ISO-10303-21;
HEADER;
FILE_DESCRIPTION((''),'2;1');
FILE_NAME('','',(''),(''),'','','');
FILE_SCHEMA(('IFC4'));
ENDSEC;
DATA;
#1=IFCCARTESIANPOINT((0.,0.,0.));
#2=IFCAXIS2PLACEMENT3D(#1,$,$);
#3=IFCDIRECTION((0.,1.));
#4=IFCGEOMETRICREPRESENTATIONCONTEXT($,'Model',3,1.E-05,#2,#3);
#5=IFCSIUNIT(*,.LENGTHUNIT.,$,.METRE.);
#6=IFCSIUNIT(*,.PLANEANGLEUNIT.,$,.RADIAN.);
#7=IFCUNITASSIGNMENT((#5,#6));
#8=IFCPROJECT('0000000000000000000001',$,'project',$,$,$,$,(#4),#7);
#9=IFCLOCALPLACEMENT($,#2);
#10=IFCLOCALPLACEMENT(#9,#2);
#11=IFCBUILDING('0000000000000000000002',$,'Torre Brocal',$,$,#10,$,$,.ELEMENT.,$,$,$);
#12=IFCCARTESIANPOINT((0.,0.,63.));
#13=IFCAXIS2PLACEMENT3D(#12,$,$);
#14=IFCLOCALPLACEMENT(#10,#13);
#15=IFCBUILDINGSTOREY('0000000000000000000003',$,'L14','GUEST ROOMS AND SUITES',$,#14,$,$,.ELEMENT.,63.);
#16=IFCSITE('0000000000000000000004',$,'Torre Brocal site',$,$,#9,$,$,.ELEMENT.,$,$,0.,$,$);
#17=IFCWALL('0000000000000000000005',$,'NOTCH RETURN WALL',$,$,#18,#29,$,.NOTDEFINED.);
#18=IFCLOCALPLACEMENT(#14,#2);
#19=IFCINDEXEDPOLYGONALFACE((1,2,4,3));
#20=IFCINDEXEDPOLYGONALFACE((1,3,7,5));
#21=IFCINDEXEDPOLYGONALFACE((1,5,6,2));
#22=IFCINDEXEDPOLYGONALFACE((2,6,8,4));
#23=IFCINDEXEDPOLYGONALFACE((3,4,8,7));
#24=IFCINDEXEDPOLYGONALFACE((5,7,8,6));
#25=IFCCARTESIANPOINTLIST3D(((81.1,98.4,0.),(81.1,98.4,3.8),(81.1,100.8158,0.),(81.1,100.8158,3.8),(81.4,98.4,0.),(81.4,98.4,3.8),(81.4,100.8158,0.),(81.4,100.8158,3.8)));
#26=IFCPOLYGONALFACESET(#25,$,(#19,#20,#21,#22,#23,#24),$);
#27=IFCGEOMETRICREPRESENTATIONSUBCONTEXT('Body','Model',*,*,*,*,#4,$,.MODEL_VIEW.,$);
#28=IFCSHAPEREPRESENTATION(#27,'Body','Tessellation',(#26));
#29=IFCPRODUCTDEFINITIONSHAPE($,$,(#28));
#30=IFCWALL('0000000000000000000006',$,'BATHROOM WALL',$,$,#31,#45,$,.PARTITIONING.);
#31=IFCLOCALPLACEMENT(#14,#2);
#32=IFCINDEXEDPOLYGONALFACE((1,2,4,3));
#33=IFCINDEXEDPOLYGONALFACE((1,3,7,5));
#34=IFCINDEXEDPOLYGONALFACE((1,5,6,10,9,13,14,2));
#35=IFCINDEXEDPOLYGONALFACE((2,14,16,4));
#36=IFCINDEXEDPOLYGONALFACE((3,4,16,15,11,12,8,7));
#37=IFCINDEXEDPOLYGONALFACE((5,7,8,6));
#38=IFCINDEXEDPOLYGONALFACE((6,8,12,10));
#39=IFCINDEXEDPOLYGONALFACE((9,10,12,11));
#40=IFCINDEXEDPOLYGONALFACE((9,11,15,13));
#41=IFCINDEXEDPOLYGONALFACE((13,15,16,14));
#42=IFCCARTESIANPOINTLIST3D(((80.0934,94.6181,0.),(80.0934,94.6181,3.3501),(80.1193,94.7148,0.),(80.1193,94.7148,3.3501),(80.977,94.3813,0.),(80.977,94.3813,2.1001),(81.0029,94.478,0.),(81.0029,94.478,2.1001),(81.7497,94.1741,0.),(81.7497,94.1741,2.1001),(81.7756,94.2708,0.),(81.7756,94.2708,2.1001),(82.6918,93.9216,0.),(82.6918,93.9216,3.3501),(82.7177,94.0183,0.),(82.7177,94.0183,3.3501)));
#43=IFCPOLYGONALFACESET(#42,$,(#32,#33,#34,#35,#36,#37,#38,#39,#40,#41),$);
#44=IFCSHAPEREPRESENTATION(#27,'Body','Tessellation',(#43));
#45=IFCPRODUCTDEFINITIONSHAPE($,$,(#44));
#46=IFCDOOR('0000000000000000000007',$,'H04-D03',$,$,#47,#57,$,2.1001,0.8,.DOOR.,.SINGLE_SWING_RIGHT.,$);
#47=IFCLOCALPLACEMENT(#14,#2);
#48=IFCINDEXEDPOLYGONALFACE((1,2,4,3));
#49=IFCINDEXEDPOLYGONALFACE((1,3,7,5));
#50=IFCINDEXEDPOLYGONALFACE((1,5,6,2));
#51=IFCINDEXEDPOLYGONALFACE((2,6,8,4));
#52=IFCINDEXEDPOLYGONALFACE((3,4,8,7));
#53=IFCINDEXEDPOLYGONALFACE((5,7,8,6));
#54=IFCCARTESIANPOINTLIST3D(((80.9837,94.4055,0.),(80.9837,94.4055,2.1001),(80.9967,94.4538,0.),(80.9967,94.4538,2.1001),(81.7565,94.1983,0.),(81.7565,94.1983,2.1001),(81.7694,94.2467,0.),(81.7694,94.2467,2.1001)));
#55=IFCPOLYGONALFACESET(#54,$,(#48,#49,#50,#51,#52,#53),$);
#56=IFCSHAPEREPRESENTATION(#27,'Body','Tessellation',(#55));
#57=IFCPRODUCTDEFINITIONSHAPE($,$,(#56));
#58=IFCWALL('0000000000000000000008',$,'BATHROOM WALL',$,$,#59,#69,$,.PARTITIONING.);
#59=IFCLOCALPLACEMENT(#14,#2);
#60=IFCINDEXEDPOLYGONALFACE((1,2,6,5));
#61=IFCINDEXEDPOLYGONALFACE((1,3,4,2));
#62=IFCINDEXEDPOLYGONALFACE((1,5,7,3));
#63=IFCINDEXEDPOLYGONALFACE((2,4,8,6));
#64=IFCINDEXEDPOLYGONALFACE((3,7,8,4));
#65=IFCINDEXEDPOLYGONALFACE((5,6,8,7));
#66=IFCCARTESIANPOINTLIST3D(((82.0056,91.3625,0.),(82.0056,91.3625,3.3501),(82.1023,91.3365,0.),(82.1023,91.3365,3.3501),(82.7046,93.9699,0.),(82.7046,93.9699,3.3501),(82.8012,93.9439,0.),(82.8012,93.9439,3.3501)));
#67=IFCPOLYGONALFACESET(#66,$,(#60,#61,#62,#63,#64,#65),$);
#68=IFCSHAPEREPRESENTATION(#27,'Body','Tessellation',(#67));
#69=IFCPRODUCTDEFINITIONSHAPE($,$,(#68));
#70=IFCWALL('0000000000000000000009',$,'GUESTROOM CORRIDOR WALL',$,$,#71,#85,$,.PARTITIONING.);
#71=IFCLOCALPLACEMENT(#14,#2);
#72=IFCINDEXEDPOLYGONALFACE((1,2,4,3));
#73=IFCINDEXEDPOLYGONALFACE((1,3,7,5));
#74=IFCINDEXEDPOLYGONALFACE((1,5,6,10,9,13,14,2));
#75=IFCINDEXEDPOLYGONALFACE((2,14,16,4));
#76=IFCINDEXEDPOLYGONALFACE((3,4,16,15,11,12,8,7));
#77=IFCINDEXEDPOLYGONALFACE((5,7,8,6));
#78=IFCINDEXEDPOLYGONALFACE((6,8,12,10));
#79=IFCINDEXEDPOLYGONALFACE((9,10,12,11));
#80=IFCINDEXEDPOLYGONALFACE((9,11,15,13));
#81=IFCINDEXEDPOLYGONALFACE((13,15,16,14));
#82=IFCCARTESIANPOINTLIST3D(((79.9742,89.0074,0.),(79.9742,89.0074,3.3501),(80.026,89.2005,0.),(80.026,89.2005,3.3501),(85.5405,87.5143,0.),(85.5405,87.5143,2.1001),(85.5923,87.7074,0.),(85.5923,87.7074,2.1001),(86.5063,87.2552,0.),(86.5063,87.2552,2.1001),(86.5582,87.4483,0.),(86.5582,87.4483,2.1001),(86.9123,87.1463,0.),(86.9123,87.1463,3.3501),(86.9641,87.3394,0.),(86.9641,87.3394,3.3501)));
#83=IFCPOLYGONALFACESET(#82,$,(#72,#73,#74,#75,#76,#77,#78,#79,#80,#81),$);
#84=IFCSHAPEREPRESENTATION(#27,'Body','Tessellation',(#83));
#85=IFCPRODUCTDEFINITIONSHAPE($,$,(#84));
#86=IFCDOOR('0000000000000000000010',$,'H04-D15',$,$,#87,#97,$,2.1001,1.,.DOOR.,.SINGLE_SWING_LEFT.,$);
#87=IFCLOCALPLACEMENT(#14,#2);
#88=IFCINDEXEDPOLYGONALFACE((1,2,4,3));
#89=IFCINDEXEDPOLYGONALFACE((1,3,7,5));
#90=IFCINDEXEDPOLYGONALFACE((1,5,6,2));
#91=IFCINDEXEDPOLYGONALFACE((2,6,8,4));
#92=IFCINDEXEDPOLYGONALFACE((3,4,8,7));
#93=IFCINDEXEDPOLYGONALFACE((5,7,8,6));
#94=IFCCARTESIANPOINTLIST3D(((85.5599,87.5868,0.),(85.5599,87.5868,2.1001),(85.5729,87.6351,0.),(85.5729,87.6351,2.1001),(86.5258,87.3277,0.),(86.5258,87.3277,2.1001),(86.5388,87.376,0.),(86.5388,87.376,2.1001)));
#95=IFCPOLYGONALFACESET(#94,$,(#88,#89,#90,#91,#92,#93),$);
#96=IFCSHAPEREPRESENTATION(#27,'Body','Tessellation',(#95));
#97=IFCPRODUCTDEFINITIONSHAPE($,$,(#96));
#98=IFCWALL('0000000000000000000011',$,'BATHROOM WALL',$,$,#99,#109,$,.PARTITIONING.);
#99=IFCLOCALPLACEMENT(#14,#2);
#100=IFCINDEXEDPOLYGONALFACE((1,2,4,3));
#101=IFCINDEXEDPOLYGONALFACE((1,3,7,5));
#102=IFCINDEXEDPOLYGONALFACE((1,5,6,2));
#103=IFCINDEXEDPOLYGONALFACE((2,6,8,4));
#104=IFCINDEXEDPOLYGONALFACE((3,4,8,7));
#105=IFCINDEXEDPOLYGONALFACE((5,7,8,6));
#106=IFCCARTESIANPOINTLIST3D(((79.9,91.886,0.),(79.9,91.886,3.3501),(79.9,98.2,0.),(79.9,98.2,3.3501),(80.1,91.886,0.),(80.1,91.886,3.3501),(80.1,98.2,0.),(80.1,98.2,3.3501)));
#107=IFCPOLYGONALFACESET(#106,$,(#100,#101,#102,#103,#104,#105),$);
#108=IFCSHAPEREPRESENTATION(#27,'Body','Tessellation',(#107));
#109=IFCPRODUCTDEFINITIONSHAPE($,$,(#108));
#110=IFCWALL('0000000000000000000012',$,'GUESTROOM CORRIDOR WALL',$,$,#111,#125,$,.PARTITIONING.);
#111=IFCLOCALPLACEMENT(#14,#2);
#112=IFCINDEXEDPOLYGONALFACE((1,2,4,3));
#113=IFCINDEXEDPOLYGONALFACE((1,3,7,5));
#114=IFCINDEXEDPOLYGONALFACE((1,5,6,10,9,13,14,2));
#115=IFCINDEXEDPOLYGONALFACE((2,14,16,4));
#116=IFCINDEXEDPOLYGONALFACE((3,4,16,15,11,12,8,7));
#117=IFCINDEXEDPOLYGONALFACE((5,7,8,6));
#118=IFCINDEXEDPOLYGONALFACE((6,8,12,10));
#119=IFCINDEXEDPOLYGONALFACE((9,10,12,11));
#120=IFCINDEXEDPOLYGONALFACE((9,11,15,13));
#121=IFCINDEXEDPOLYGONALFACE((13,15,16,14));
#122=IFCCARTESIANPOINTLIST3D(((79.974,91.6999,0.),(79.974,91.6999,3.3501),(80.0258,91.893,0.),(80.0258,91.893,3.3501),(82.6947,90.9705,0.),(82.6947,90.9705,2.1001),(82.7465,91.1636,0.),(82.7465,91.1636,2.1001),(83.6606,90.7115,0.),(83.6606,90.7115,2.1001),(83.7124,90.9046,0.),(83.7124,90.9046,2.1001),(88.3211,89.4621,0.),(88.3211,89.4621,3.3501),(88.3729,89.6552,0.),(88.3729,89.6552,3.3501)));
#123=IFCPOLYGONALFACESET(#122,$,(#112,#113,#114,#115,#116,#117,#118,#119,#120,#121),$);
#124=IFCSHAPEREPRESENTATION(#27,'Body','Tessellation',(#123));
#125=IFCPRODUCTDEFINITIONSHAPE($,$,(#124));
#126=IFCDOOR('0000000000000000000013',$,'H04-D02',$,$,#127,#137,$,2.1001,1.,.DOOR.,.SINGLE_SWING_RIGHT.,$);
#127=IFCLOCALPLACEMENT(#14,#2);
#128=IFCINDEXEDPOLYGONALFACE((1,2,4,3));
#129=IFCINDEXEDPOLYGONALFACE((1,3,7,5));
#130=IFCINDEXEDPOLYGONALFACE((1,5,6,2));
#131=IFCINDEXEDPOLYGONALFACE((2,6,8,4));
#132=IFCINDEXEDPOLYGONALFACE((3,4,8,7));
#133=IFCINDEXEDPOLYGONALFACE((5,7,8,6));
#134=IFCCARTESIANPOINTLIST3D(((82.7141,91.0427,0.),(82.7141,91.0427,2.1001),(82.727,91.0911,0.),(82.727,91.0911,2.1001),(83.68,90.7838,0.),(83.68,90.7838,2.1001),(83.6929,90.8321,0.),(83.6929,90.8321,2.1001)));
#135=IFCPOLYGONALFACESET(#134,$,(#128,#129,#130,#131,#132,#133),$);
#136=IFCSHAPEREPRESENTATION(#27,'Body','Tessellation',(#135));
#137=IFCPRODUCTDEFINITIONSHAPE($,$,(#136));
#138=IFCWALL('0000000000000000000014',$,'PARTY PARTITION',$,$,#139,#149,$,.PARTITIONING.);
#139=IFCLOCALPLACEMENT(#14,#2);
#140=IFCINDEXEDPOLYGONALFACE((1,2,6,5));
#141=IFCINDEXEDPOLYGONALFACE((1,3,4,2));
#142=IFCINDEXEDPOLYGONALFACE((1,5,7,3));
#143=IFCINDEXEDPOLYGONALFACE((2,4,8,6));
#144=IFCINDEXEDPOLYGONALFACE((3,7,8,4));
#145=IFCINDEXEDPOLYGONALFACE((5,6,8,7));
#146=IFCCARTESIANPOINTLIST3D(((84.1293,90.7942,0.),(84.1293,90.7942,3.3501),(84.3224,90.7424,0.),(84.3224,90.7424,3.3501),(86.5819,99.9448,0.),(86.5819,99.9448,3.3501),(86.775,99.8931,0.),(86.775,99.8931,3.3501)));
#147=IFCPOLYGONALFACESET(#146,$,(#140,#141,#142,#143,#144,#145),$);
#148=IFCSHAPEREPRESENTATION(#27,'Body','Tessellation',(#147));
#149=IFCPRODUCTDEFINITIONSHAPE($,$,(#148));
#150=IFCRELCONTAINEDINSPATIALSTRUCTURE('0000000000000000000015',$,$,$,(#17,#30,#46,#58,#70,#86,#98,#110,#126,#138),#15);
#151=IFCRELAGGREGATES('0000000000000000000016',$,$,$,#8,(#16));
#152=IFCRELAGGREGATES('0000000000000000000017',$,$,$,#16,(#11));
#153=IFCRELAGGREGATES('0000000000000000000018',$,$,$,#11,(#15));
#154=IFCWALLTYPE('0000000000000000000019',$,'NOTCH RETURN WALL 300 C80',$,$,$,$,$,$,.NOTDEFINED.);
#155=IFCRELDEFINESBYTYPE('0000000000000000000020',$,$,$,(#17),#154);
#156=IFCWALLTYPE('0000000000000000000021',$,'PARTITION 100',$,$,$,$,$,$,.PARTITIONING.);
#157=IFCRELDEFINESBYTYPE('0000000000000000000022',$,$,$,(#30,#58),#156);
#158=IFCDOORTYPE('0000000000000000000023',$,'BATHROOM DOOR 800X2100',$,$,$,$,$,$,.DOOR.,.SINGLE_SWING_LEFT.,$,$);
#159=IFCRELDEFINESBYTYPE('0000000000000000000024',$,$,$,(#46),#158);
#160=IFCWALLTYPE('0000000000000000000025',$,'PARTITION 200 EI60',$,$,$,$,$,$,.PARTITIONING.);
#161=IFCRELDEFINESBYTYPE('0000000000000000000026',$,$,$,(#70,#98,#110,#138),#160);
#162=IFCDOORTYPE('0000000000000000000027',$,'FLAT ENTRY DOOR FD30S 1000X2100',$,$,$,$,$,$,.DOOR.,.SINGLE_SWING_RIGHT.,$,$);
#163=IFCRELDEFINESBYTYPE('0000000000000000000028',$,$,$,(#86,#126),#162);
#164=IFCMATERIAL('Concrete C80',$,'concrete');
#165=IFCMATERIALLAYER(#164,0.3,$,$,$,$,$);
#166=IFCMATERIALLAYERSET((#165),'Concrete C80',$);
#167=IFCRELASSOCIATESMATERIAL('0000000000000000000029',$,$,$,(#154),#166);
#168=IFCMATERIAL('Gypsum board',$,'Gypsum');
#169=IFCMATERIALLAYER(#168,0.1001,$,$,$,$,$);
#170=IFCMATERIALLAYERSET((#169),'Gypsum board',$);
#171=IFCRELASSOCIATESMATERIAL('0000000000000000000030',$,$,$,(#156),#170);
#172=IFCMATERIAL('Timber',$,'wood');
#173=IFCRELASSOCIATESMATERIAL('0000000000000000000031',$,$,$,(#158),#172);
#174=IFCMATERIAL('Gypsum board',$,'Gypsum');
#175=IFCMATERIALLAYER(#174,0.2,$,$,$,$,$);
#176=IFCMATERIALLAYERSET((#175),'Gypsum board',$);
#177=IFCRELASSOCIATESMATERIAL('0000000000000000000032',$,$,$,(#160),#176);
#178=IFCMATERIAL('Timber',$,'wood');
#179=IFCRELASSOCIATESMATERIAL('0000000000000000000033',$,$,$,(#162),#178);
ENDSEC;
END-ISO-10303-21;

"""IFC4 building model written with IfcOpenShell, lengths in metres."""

from ifc_helpers import new_model, si_unit, direction, frame, frame_2d, origin, place, context, subcontext, project, spatial, rectangle, extrude, material, layer, layer_set, type_object, element, fill, save


model = new_model("IFC4")

# Units and contexts
model_context = context("Model", 3, precision=1e-05, world=origin(), true_north=direction((0.0, 1.0)))
body_context = subcontext(model_context, "Body", "Model", "MODEL_VIEW")
ifc_project = project(units=[si_unit("LENGTHUNIT", "METRE"), si_unit("PLANEANGLEUNIT", "RADIAN")], contexts=[model_context])

# Site, building, storey
site_placement = place(None, origin())
site = spatial("IfcSite", under=ifc_project, at=site_placement, Name="Torre Brocal site", CompositionType="ELEMENT", RefElevation=0.0)
building_placement = place(site_placement, origin())
building = spatial("IfcBuilding", under=site, at=building_placement, Name="Torre Brocal", CompositionType="ELEMENT")
storey_placement = place(building_placement, frame((0.0, 0.0, 63.0)))
storey = spatial("IfcBuildingStorey", under=building, at=storey_placement, Name="L14", Description="GUEST ROOMS AND SUITES", CompositionType="ELEMENT", Elevation=63.0)

# Wall
ifc_material_1 = material(Name="Concrete C80", Category="concrete")
ifc_layer_1 = layer(ifc_material_1, 0.3)
ifc_layer_set_1 = layer_set([ifc_layer_1], Name="Concrete C80")
wall_type_1 = type_object("IfcWallType", Name="NOTCH RETURN WALL 300 C80", PredefinedType="NOTDEFINED", material=ifc_layer_set_1)
wall_1_placement = place(storey_placement, frame((81.25, 98.3999, 0.0), z_axis=(0.0, 0.0, 1.0), x_axis=(0.0, 1.0, 0.0)))
element("IfcWall", 1, at=wall_1_placement, inside=storey, type_object=wall_type_1, Name="NOTCH RETURN WALL", PredefinedType="NOTDEFINED", context=body_context, shape_type="SweptSolid", body=[
    extrude(rectangle(XDim=2.4158, YDim=0.3, at=frame_2d((1.208, 0.0))), origin(), (0.0, 0.0, 1.0), 3.8),
])

# Wall, opening, door
ifc_material_2 = material(Name="Gypsum board", Category="Gypsum")
ifc_layer_2 = layer(ifc_material_2, 0.1001)
ifc_layer_set_2 = layer_set([ifc_layer_2], Name="Gypsum board")
wall_type_2 = type_object("IfcWallType", Name="PARTITION 100", PredefinedType="PARTITIONING", material=ifc_layer_set_2)
wall_2_placement = place(storey_placement, frame((80.1062, 94.6665, 0.0), z_axis=(0.0, 0.0, 1.0), x_axis=(0.965898, -0.258922, 0.0)))
wall_2 = element("IfcWall", 2, at=wall_2_placement, inside=storey, type_object=wall_type_2, Name="BATHROOM WALL", PredefinedType="PARTITIONING", context=body_context, shape_type="SweptSolid", body=[
    extrude(rectangle(XDim=2.6902, YDim=0.1001, at=frame_2d((1.3452, 0.0))), origin(), (0.0, 0.0, 1.0), 3.3501),
])
opening_1_placement = place(wall_2_placement, frame((0.915, 0.0, 0.0)))
opening_1 = element("IfcOpeningElement", 3, at=opening_1_placement, cuts=wall_2, PredefinedType="OPENING", context=body_context, shape_type="SweptSolid", body=[
    extrude(rectangle(XDim=0.8, YDim=2.1001, at=frame_2d((0.3999, 1.05))), frame((0.0, 0.0601, 0.0), z_axis=(0.0, -1.0, 0.0), x_axis=(1.0, 0.0, 0.0)), (0.0, 0.0, 1.0), 0.1201),
])
ifc_material_3 = material(Name="Timber", Category="wood")
door_type_1 = type_object("IfcDoorType", Name="BATHROOM DOOR 800X2100", OperationType="SINGLE_SWING_LEFT", PredefinedType="DOOR", material=ifc_material_3)
door_1_placement = place(opening_1_placement, frame((0.8, 0.0, 0.0), z_axis=(0.0, 0.0, 1.0), x_axis=(-1.0, 0.0, 0.0)))
door_1 = element("IfcDoor", 4, at=door_1_placement, inside=storey, type_object=door_type_1, Name="H04-D03", OperationType="SINGLE_SWING_RIGHT", OverallHeight=2.1001, OverallWidth=0.8, PredefinedType="DOOR", context=body_context, shape_type="SweptSolid", body=[
    extrude(rectangle(XDim=0.8, YDim=2.1001, at=frame_2d((0.3999, 1.05))), frame((0.0, 0.0249, 0.0), z_axis=(0.0, -1.0, 0.0), x_axis=(1.0, 0.0, 0.0)), (0.0, 0.0, 1.0), 0.05),
])
fill(opening_1, door_1)

# Wall
wall_3_placement = place(storey_placement, frame((82.054, 91.3496, 0.0), z_axis=(0.0, 0.0, 1.0), x_axis=(0.258929, 0.965896, 0.0)))
element("IfcWall", 5, at=wall_3_placement, inside=storey, type_object=wall_type_2, Name="BATHROOM WALL", PredefinedType="PARTITIONING", context=body_context, shape_type="SweptSolid", body=[
    extrude(rectangle(XDim=2.6995, YDim=0.1001, at=frame_2d((1.3496, 0.0))), origin(), (0.0, 0.0, 1.0), 3.3501),
])

# Wall, opening, door
ifc_material_4 = material(Name="Gypsum board", Category="Gypsum")
ifc_layer_3 = layer(ifc_material_4, 0.2)
ifc_layer_set_3 = layer_set([ifc_layer_3], Name="Gypsum board")
wall_type_3 = type_object("IfcWallType", Name="PARTITION 200 EI60", PredefinedType="PARTITIONING", material=ifc_layer_set_3)
wall_4_placement = place(storey_placement, frame((80.0, 89.104, 0.0), z_axis=(0.0, 0.0, 1.0), x_axis=(0.965854, -0.259086, 0.0)))
wall_4 = element("IfcWall", 6, at=wall_4_placement, inside=storey, type_object=wall_type_3, Name="GUESTROOM CORRIDOR WALL", PredefinedType="PARTITIONING", context=body_context, shape_type="SweptSolid", body=[
    extrude(rectangle(XDim=7.1833, YDim=0.2, at=frame_2d((3.5918, 0.0))), origin(), (0.0, 0.0, 1.0), 3.3501),
])
opening_2_placement = place(wall_4_placement, frame((5.7632, 0.0, 0.0)))
opening_2 = element("IfcOpeningElement", 7, at=opening_2_placement, cuts=wall_4, PredefinedType="OPENING", context=body_context, shape_type="SweptSolid", body=[
    extrude(rectangle(XDim=1.0, YDim=2.1001, at=frame_2d((0.5, 1.05))), frame((0.0, 0.1099, 0.0), z_axis=(0.0, -1.0, 0.0), x_axis=(1.0, 0.0, 0.0)), (0.0, 0.0, 1.0), 0.22),
])
ifc_material_5 = material(Name="Timber", Category="wood")
door_type_2 = type_object("IfcDoorType", Name="FLAT ENTRY DOOR FD30S 1000X2100", OperationType="SINGLE_SWING_RIGHT", PredefinedType="DOOR", material=ifc_material_5)
door_2_placement = place(opening_2_placement, frame((1.0, 0.0, 0.0), z_axis=(0.0, 0.0, 1.0), x_axis=(-1.0, 0.0, 0.0)))
door_2 = element("IfcDoor", 8, at=door_2_placement, inside=storey, type_object=door_type_2, Name="H04-D15", OperationType="SINGLE_SWING_LEFT", OverallHeight=2.1001, OverallWidth=1.0, PredefinedType="DOOR", context=body_context, shape_type="SweptSolid", body=[
    extrude(rectangle(XDim=1.0, YDim=2.1001, at=frame_2d((0.5, 1.05))), frame((0.0, 0.0249, 0.0), z_axis=(0.0, -1.0, 0.0), x_axis=(1.0, 0.0, 0.0)), (0.0, 0.0, 1.0), 0.05),
])
fill(opening_2, door_2)

# Wall
wall_5_placement = place(storey_placement, frame((80.0, 91.886, 0.0), z_axis=(0.0, 0.0, 1.0), x_axis=(0.0, 1.0, 0.0)))
element("IfcWall", 9, at=wall_5_placement, inside=storey, type_object=wall_type_3, Name="BATHROOM WALL", PredefinedType="PARTITIONING", context=body_context, shape_type="SweptSolid", body=[
    extrude(rectangle(XDim=6.314, YDim=0.2, at=frame_2d((3.157, 0.0))), origin(), (0.0, 0.0, 1.0), 3.3501),
])

# Wall, opening, door
wall_6_placement = place(storey_placement, frame((80.0, 91.7964, 0.0), z_axis=(0.0, 0.0, 1.0), x_axis=(0.965892, -0.258946, 0.0)))
wall_6 = element("IfcWall", 10, at=wall_6_placement, inside=storey, type_object=wall_type_3, Name="GUESTROOM CORRIDOR WALL", PredefinedType="PARTITIONING", context=body_context, shape_type="SweptSolid", body=[
    extrude(rectangle(XDim=8.6418, YDim=0.2, at=frame_2d((4.3208, 0.0))), origin(), (0.0, 0.0, 1.0), 3.3501),
])
opening_3_placement = place(wall_6_placement, frame((2.8167, 0.0, 0.0)))
opening_3 = element("IfcOpeningElement", 11, at=opening_3_placement, cuts=wall_6, PredefinedType="OPENING", context=body_context, shape_type="SweptSolid", body=[
    extrude(rectangle(XDim=1.0, YDim=2.1001, at=frame_2d((0.5, 1.05))), frame((0.0, 0.1099, 0.0), z_axis=(0.0, -1.0, 0.0), x_axis=(1.0, 0.0, 0.0)), (0.0, 0.0, 1.0), 0.22),
])
door_3_placement = place(opening_3_placement, origin())
door_3 = element("IfcDoor", 12, at=door_3_placement, inside=storey, type_object=door_type_2, Name="H04-D02", OperationType="SINGLE_SWING_RIGHT", OverallHeight=2.1001, OverallWidth=1.0, PredefinedType="DOOR", context=body_context, shape_type="SweptSolid", body=[
    extrude(rectangle(XDim=1.0, YDim=2.1001, at=frame_2d((0.5, 1.05))), frame((0.0, 0.0249, 0.0), z_axis=(0.0, -1.0, 0.0), x_axis=(1.0, 0.0, 0.0)), (0.0, 0.0, 1.0), 0.05),
])
fill(opening_3, door_3)

# Wall
wall_7_placement = place(storey_placement, frame((84.2258, 90.7683, 0.0), z_axis=(0.0, 0.0, 1.0), x_axis=(0.258891, 0.965907, 0.0)))
element("IfcWall", 13, at=wall_7_placement, inside=storey, type_object=wall_type_3, Name="PARTY PARTITION", PredefinedType="PARTITIONING", context=body_context, shape_type="SweptSolid", body=[
    extrude(rectangle(XDim=9.4736, YDim=0.2, at=frame_2d((4.7368, 0.0))), origin(), (0.0, 0.0, 1.0), 3.3501),
])

save(model, "model.ifc")
